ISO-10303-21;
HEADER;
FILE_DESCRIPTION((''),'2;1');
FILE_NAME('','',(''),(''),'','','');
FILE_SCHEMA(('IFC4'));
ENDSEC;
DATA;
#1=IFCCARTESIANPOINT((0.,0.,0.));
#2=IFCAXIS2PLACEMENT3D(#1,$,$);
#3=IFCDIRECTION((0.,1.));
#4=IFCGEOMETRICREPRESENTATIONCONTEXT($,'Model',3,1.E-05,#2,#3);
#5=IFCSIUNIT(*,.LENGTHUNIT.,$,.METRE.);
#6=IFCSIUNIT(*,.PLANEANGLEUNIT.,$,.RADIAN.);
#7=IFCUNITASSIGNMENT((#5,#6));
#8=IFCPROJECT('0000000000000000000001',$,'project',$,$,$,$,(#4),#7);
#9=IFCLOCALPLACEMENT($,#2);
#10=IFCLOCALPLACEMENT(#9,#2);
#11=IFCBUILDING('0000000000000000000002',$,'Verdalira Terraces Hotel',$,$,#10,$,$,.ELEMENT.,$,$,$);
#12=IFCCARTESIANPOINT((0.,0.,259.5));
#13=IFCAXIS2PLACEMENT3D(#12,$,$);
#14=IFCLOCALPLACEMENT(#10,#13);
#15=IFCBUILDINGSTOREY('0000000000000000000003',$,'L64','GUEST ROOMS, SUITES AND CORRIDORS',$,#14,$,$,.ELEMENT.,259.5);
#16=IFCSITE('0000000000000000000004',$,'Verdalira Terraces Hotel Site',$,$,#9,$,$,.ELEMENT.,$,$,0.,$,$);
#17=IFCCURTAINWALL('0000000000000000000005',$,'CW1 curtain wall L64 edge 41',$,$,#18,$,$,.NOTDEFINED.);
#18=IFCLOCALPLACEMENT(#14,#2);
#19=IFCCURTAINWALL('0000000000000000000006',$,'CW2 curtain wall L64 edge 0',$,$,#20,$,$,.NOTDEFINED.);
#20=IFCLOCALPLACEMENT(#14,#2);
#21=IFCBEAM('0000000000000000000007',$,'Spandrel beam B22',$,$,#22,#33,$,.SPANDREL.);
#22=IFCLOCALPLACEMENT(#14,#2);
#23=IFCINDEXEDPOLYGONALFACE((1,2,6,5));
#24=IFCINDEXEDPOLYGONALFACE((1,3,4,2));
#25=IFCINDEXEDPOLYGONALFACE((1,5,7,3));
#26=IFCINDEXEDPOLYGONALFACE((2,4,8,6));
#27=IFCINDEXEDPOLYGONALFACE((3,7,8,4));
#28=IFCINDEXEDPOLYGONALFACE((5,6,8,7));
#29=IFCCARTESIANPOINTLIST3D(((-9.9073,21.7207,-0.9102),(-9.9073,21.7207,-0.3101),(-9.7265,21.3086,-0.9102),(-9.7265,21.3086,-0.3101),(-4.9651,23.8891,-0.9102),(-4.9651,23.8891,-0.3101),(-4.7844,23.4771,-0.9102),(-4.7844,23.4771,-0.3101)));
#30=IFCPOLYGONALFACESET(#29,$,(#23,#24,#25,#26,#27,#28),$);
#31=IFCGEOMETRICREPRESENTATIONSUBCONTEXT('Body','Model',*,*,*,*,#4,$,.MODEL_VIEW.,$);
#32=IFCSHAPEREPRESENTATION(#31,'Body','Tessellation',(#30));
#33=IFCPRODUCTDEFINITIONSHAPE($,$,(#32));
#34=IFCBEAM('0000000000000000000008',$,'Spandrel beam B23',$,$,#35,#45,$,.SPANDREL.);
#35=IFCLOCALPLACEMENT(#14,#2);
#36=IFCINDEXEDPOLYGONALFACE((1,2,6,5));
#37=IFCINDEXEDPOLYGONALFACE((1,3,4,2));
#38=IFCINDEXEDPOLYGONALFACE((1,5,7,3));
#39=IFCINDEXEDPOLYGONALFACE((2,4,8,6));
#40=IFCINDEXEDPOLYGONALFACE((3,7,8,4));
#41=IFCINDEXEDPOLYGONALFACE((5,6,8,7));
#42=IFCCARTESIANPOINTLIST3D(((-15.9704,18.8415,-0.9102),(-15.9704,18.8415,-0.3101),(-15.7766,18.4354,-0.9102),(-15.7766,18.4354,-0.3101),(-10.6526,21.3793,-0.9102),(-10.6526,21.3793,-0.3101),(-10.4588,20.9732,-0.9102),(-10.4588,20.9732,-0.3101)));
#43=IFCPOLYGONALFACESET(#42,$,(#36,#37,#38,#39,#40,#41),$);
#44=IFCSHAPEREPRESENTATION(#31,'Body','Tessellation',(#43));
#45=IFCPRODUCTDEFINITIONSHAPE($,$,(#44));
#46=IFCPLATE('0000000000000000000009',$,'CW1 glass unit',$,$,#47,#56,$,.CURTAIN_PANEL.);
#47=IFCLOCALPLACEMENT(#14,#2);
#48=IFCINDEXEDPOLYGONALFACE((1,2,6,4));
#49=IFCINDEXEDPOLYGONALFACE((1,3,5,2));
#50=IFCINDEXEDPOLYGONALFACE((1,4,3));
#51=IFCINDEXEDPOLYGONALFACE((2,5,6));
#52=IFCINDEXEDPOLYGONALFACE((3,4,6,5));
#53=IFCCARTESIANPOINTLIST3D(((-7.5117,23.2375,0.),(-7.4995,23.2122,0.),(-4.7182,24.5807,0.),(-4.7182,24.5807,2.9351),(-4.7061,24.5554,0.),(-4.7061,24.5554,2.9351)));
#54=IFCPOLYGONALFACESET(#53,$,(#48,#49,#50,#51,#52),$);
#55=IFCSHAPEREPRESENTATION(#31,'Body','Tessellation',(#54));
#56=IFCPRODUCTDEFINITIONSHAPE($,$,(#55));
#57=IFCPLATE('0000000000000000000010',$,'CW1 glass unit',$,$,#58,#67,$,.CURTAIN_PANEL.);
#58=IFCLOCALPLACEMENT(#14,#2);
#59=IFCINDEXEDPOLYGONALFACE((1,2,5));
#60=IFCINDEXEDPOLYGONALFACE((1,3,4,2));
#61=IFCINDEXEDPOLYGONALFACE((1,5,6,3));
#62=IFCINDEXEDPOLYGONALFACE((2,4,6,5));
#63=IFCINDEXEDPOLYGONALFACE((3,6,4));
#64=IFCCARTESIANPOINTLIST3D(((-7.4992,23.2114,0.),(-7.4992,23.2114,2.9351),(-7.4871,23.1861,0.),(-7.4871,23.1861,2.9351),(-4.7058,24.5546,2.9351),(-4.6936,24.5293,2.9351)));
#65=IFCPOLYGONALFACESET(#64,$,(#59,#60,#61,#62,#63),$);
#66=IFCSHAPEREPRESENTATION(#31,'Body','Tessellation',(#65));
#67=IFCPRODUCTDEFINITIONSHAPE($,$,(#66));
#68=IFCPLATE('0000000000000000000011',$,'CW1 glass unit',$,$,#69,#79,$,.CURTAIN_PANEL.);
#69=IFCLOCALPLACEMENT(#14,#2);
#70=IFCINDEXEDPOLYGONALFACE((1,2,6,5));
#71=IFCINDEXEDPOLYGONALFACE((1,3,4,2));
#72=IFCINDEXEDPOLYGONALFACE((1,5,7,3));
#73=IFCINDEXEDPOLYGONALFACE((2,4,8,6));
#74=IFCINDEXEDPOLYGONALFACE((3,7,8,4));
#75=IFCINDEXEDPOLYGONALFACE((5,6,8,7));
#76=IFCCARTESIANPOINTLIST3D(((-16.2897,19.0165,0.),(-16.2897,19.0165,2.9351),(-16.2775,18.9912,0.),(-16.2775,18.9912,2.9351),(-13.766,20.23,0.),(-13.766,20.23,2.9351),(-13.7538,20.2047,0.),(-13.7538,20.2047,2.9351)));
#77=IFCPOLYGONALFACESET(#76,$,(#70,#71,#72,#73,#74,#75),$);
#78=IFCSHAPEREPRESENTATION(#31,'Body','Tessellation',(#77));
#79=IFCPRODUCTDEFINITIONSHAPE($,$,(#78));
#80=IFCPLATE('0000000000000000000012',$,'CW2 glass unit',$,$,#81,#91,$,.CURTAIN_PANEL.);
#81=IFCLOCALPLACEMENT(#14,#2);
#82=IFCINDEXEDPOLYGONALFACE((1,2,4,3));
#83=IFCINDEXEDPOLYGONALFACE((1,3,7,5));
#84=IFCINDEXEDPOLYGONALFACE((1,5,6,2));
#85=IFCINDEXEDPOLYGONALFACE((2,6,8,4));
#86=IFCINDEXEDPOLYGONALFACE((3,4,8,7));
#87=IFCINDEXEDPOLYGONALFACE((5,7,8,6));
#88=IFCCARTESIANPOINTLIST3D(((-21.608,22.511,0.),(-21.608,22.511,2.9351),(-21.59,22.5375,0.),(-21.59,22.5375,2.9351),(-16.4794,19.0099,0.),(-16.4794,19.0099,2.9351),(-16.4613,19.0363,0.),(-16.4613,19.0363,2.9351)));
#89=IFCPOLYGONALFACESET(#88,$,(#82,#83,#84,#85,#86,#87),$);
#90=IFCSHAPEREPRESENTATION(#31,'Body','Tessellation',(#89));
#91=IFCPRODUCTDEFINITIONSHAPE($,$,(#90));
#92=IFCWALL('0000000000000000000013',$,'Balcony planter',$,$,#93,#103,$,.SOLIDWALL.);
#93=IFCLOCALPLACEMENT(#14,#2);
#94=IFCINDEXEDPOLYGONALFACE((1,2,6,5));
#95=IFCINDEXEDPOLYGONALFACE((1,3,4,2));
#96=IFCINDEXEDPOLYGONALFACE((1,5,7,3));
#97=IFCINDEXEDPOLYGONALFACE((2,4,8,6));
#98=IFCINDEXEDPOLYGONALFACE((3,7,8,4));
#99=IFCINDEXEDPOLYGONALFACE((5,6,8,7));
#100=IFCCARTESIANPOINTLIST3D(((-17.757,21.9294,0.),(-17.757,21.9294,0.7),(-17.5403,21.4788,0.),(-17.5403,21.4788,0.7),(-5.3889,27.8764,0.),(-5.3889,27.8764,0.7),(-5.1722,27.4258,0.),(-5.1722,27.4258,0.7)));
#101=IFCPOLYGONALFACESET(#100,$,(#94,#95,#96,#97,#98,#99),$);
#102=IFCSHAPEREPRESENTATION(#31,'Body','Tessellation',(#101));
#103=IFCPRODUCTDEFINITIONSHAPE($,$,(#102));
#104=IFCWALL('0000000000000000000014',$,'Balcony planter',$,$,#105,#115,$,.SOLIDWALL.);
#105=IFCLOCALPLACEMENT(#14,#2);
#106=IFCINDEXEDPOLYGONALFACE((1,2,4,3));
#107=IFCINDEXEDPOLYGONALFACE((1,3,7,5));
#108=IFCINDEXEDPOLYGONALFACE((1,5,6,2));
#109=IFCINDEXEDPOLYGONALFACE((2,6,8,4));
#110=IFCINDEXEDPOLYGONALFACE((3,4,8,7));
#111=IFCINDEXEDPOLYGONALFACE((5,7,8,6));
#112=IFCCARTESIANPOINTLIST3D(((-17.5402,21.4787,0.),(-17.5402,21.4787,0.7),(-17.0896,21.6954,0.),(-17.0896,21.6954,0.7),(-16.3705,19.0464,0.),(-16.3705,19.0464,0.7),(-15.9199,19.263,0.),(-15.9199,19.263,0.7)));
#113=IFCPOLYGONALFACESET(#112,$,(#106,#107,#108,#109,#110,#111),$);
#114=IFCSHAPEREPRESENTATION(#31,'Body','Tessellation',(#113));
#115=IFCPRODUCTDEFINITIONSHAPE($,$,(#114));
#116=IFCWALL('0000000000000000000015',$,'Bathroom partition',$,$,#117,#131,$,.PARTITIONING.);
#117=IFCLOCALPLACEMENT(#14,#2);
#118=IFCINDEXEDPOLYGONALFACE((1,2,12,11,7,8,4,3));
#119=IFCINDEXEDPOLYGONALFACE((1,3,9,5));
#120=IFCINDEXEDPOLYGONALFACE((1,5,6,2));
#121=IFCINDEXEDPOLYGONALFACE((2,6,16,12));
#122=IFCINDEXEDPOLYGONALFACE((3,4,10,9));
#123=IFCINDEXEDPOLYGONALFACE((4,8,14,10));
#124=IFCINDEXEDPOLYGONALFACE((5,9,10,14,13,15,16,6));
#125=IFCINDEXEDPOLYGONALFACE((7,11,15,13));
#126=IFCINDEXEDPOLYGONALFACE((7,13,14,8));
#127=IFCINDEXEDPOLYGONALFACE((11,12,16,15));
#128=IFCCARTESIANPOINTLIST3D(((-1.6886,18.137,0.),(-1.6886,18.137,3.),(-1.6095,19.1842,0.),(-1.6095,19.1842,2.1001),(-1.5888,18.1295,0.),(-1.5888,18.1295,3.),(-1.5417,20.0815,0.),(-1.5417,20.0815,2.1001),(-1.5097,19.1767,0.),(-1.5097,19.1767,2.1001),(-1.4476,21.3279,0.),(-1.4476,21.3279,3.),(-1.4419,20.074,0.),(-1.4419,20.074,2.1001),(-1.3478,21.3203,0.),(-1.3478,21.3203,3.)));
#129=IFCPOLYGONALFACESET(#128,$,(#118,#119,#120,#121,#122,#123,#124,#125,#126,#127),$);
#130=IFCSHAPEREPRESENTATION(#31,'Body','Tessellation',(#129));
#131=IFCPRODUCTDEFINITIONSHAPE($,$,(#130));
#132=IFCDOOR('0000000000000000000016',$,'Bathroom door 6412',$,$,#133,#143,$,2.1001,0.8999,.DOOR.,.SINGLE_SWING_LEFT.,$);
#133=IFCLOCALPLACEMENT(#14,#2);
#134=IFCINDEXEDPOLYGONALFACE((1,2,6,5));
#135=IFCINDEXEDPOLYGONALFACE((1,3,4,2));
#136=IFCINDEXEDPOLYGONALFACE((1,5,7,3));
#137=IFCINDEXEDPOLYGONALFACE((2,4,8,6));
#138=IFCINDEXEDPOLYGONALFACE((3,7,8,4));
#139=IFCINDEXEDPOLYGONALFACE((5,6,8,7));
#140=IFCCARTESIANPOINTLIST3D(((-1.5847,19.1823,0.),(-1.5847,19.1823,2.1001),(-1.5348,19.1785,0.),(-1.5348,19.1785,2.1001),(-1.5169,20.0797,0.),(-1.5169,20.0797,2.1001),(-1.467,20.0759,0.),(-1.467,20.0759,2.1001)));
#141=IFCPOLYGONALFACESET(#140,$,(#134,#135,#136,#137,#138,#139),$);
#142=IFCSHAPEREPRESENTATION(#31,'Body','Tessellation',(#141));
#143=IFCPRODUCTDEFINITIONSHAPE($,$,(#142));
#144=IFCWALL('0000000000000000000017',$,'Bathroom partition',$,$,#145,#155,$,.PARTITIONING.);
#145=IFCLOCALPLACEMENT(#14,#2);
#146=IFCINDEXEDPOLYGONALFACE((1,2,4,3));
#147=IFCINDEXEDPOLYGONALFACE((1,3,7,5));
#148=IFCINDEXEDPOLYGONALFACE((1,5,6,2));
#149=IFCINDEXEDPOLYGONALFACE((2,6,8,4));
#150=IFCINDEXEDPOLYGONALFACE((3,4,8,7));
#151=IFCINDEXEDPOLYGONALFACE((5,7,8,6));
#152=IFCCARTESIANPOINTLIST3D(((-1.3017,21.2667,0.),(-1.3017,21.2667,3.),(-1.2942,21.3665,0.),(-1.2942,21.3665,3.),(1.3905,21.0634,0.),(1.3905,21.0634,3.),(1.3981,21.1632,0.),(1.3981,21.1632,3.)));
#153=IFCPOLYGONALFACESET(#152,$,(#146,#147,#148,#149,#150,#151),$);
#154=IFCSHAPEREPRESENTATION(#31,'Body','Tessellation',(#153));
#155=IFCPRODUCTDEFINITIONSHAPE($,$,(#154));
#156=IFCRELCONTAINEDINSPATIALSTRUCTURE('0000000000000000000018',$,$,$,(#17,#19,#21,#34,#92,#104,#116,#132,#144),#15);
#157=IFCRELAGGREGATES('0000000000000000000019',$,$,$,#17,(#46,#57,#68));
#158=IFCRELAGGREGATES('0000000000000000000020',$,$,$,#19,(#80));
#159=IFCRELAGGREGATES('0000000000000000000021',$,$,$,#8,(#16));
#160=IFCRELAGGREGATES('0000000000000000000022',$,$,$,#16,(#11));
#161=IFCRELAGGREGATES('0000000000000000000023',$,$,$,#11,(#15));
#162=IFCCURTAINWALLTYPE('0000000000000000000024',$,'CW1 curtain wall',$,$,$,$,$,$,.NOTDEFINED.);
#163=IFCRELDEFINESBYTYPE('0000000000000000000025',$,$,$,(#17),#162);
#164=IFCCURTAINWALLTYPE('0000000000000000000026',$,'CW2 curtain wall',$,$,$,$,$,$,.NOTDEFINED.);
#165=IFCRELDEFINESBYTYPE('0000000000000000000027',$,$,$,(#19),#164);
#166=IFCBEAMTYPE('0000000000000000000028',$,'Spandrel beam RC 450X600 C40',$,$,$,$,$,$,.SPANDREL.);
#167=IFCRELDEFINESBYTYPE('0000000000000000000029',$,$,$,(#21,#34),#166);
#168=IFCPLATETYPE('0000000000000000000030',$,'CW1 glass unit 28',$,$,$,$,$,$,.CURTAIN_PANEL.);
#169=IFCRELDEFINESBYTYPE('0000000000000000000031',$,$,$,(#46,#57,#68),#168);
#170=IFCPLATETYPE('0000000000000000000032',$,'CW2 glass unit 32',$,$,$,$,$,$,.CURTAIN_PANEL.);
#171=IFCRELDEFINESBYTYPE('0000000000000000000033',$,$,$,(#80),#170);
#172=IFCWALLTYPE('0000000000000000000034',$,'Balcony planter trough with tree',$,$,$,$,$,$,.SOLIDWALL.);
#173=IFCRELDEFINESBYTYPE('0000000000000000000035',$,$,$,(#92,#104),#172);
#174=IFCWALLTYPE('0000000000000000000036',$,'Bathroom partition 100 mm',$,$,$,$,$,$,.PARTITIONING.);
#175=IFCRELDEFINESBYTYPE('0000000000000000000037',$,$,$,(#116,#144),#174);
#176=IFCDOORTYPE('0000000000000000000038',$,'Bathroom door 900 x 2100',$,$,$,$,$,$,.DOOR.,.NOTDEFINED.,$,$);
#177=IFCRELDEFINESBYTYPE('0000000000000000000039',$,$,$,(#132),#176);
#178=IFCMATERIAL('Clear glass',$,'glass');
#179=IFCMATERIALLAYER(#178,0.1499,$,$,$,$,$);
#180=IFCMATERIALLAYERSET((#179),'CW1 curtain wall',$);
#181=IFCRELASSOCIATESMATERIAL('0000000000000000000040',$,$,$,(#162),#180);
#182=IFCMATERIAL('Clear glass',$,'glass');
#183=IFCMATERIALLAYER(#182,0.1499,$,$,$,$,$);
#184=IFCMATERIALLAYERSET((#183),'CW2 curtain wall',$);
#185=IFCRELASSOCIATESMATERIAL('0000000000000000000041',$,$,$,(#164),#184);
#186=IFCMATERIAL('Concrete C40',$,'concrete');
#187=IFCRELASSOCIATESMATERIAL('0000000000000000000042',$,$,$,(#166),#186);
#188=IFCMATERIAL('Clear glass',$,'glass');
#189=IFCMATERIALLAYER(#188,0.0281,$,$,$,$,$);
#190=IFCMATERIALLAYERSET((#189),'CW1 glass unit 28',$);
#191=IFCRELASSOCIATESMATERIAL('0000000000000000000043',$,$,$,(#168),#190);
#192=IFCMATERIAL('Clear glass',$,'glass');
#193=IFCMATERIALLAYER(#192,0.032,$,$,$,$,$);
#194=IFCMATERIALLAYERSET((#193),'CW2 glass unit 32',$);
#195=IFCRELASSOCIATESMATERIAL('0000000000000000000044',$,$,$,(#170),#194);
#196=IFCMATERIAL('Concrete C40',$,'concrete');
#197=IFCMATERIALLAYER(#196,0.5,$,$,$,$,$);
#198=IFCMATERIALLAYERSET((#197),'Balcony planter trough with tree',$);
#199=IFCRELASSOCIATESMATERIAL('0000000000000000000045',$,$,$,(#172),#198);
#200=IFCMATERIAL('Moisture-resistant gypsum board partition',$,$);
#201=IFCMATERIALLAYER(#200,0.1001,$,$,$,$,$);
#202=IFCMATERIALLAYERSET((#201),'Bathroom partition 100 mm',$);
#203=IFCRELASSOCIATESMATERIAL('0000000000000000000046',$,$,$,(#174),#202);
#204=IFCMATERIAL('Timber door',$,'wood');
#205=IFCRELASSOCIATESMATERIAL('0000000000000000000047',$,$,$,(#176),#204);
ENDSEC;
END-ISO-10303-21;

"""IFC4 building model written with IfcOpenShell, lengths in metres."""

from ifc_helpers import new_model, si_unit, direction, frame, frame_2d, origin, origin_2d, place, context, subcontext, project, spatial, polyline, rectangle, outline, extrude, material, layer, layer_set, material_profile, profile_set, type_object, element, fill, aggregate, save


model = new_model("IFC4")

# Units and contexts
model_context = context("Model", 3, precision=1e-05, world=origin(), true_north=direction((0.0, 1.0)))
body_context = subcontext(model_context, "Body", "Model", "MODEL_VIEW")
ifc_project = project(units=[si_unit("LENGTHUNIT", "METRE"), si_unit("PLANEANGLEUNIT", "RADIAN")], contexts=[model_context])

# Site, building, storey
site_placement = place(None, origin())
site = spatial("IfcSite", under=ifc_project, at=site_placement, Name="Verdalira Terraces Hotel Site", CompositionType="ELEMENT", RefElevation=0.0)
building_placement = place(site_placement, origin())
building = spatial("IfcBuilding", under=site, at=building_placement, Name="Verdalira Terraces Hotel", CompositionType="ELEMENT")
storey_placement = place(building_placement, frame((0.0, 0.0, 259.5)))
storey = spatial("IfcBuildingStorey", under=building, at=storey_placement, Name="L64", Description="GUEST ROOMS, SUITES AND CORRIDORS", CompositionType="ELEMENT", Elevation=259.5)

# Shared definitions
ifc_material_1 = material(Name="Clear glass", Category="glass")
ifc_layer_1 = layer(ifc_material_1, 0.1499)
ifc_layer_set_1 = layer_set([ifc_layer_1], Name="CW1 curtain wall")
curtain_wall_type_1 = type_object("IfcCurtainWallType", Name="CW1 curtain wall", PredefinedType="NOTDEFINED", material=ifc_layer_set_1)

# Curtain walls
curtain_wall_1_placement = place(storey_placement, origin())
curtain_wall_1 = element("IfcCurtainWall", 1, at=curtain_wall_1_placement, inside=storey, type_object=curtain_wall_type_1, Name="CW1 curtain wall L64 edge 41", PredefinedType="NOTDEFINED")
ifc_material_2 = material(Name="Clear glass", Category="glass")
ifc_layer_2 = layer(ifc_material_2, 0.1499)
ifc_layer_set_2 = layer_set([ifc_layer_2], Name="CW2 curtain wall")
curtain_wall_type_2 = type_object("IfcCurtainWallType", Name="CW2 curtain wall", PredefinedType="NOTDEFINED", material=ifc_layer_set_2)
curtain_wall_2_placement = place(storey_placement, origin())
curtain_wall_2 = element("IfcCurtainWall", 2, at=curtain_wall_2_placement, inside=storey, type_object=curtain_wall_type_2, Name="CW2 curtain wall L64 edge 0", PredefinedType="NOTDEFINED")

# Beams
ifc_material_3 = material(Name="Concrete C40", Category="concrete")
ifc_material_profile_1 = material_profile(ifc_material_3, rectangle(XDim=0.45, YDim=0.6001, at=origin_2d()), Name="RC 450X600")
ifc_profile_set_1 = profile_set([ifc_material_profile_1], Name="Concrete C40")
beam_type_1 = type_object("IfcBeamType", Name="Spandrel beam RC 450X600 C40", PredefinedType="SPANDREL", material=ifc_profile_set_1)
beam_1_placement = place(storey_placement, frame((-4.8748, 23.6831, -0.6101), z_axis=(-0.91573, -0.401794, 0.0), x_axis=(0.401794, -0.91573, 0.0)))
element("IfcBeam", 3, at=beam_1_placement, inside=storey, type_object=beam_type_1, Name="Spandrel beam B22", PredefinedType="SPANDREL", context=body_context, shape_type="SweptSolid", body=[
    extrude(rectangle(XDim=0.45, YDim=0.6001, at=origin_2d()), origin(), (0.0, 0.0, 1.0), 5.397),
])
beam_2_placement = place(storey_placement, frame((-10.5557, 21.1763, -0.6101), z_axis=(-0.902496, -0.430697, 0.0), x_axis=(0.430697, -0.902496, 0.0)))
element("IfcBeam", 4, at=beam_2_placement, inside=storey, type_object=beam_type_1, Name="Spandrel beam B23", PredefinedType="SPANDREL", context=body_context, shape_type="SweptSolid", body=[
    extrude(rectangle(XDim=0.45, YDim=0.6001, at=origin_2d()), origin(), (0.0, 0.0, 1.0), 5.8923),
])

# Plates
ifc_material_4 = material(Name="Clear glass", Category="glass")
ifc_layer_3 = layer(ifc_material_4, 0.0281)
ifc_layer_set_3 = layer_set([ifc_layer_3], Name="CW1 glass unit 28")
plate_type_1 = type_object("IfcPlateType", Name="CW1 glass unit 28", PredefinedType="CURTAIN_PANEL", material=ifc_layer_set_3)
plate_1_placement = place(storey_placement, frame((-6.1028, 23.8838, 1.4675), z_axis=(-0.433345, 0.901228, 0.0), x_axis=(-0.901228, -0.433345, 0.0)))
plate_1 = element("IfcPlate", 5, at=plate_1_placement, type_object=plate_type_1, Name="CW1 glass unit", PredefinedType="CURTAIN_PANEL", context=body_context, shape_type="SweptSolid", body=[
    extrude(outline(polyline([(-1.5498, -1.4675), (1.5498, -1.4675), (-1.5498, 1.4675), (-1.5498, -1.4675)])), origin(), (0.0, 0.0, 1.0), 0.0281),
])
plate_2_placement = place(storey_placement, frame((-6.0903, 23.8577, 1.4675), z_axis=(-0.433345, 0.901228, 0.0), x_axis=(-0.901228, -0.433345, 0.0)))
plate_2 = element("IfcPlate", 6, at=plate_2_placement, type_object=plate_type_1, Name="CW1 glass unit", PredefinedType="CURTAIN_PANEL", context=body_context, shape_type="SweptSolid", body=[
    extrude(outline(polyline([(1.5498, -1.4675), (1.5498, 1.4675), (-1.5498, 1.4675), (1.5498, -1.4675)])), origin(), (0.0, 0.0, 1.0), 0.0281),
])
plate_3_placement = place(storey_placement, frame((-15.0217, 19.6106, 0.0), z_axis=(0.0, 0.0, 1.0), x_axis=(-0.901228, -0.433345, 0.0)))
plate_3 = element("IfcPlate", 7, at=plate_3_placement, type_object=plate_type_1, Name="CW1 glass unit", PredefinedType="CURTAIN_PANEL", context=body_context, shape_type="SweptSolid", body=[
    extrude(rectangle(XDim=2.8003, YDim=0.0281, at=origin_2d()), origin(), (0.0, 0.0, 1.0), 2.9351),
])
aggregate(curtain_wall_1, [plate_1, plate_2, plate_3])
ifc_material_5 = material(Name="Clear glass", Category="glass")
ifc_layer_4 = layer(ifc_material_5, 0.032)
ifc_layer_set_4 = layer_set([ifc_layer_4], Name="CW2 glass unit 32")
plate_type_2 = type_object("IfcPlateType", Name="CW2 glass unit 32", PredefinedType="CURTAIN_PANEL", material=ifc_layer_set_4)
plate_4_placement = place(storey_placement, frame((-19.0347, 20.7737, 0.0), z_axis=(0.0, 0.0, 1.0), x_axis=(-0.825902, 0.563814, 0.0)))
plate_4 = element("IfcPlate", 8, at=plate_4_placement, type_object=plate_type_2, Name="CW2 glass unit", PredefinedType="CURTAIN_PANEL", context=body_context, shape_type="SweptSolid", body=[
    extrude(rectangle(XDim=6.2097, YDim=0.032, at=origin_2d()), origin(), (0.0, 0.0, 1.0), 2.9351),
])
aggregate(curtain_wall_2, [plate_4])

# Walls
ifc_material_6 = material(Name="Concrete C40", Category="concrete")
ifc_layer_5 = layer(ifc_material_6, 0.5)
ifc_layer_set_5 = layer_set([ifc_layer_5], Name="Balcony planter trough with tree")
wall_type_1 = type_object("IfcWallType", Name="Balcony planter trough with tree", PredefinedType="SOLIDWALL", material=ifc_layer_set_5)
wall_1_placement = place(storey_placement, frame((-5.2805, 27.6511, 0.0), z_axis=(0.0, 0.0, 1.0), x_axis=(-0.90123, -0.433341, 0.0)))
element("IfcWall", 9, at=wall_1_placement, inside=storey, type_object=wall_type_1, Name="Balcony planter", PredefinedType="SOLIDWALL", context=body_context, shape_type="SweptSolid", body=[
    extrude(rectangle(XDim=13.7236, YDim=0.5, at=frame_2d((6.8618, 0.0))), origin(), (0.0, 0.0, 1.0), 0.7),
])
wall_2_placement = place(storey_placement, frame((-17.3149, 21.5872, 0.0), z_axis=(0.0, 0.0, 1.0), x_axis=(0.433375, -0.901214, 0.0)))
element("IfcWall", 10, at=wall_2_placement, inside=storey, type_object=wall_type_1, Name="Balcony planter", PredefinedType="SOLIDWALL", context=body_context, shape_type="SweptSolid", body=[
    extrude(rectangle(XDim=2.699, YDim=0.5, at=frame_2d((1.3496, 0.0))), origin(), (0.0, 0.0, 1.0), 0.7),
])

# Wall, opening, door
ifc_material_7 = material(Name="Moisture-resistant gypsum board partition")
ifc_layer_6 = layer(ifc_material_7, 0.1001)
ifc_layer_set_6 = layer_set([ifc_layer_6], Name="Bathroom partition 100 mm")
wall_type_2 = type_object("IfcWallType", Name="Bathroom partition 100 mm", PredefinedType="PARTITIONING", material=ifc_layer_set_6)
wall_3_placement = place(storey_placement, frame((-1.3977, 21.3242, 0.0), z_axis=(0.0, 0.0, 1.0), x_axis=(-0.075302, -0.997161, 0.0)))
wall_3 = element("IfcWall", 11, at=wall_3_placement, inside=storey, type_object=wall_type_2, Name="Bathroom partition", PredefinedType="PARTITIONING", context=body_context, shape_type="SweptSolid", body=[
    extrude(rectangle(XDim=3.2, YDim=0.1001, at=frame_2d((1.6001, 0.0))), origin(), (0.0, 0.0, 1.0), 3.0),
])
opening_1_placement = place(wall_3_placement, frame((1.25, 0.0, 0.0)))
opening_1 = element("IfcOpeningElement", 12, at=opening_1_placement, cuts=wall_3, PredefinedType="OPENING", context=body_context, shape_type="SweptSolid", body=[
    extrude(rectangle(XDim=0.8999, YDim=2.1001, at=frame_2d((0.45, 1.05))), frame((0.0, 0.0601, 0.0), z_axis=(0.0, -1.0, 0.0), x_axis=(1.0, 0.0, 0.0)), (0.0, 0.0, 1.0), 0.1201),
])
ifc_material_8 = material(Name="Timber door", Category="wood")
door_type_1 = type_object("IfcDoorType", Name="Bathroom door 900 x 2100", OperationType="NOTDEFINED", PredefinedType="DOOR", material=ifc_material_8)
door_1_placement = place(opening_1_placement, origin())
door_1 = element("IfcDoor", 13, at=door_1_placement, inside=storey, type_object=door_type_1, Name="Bathroom door 6412", OperationType="SINGLE_SWING_LEFT", OverallHeight=2.1001, OverallWidth=0.8999, PredefinedType="DOOR", context=body_context, shape_type="SweptSolid", body=[
    extrude(rectangle(XDim=0.8999, YDim=2.1001, at=frame_2d((0.45, 1.05))), frame((0.0, 0.0249, 0.0), z_axis=(0.0, -1.0, 0.0), x_axis=(1.0, 0.0, 0.0)), (0.0, 0.0, 1.0), 0.05),
])
fill(opening_1, door_1)

# Wall
wall_4_placement = place(storey_placement, frame((-1.2981, 21.3166, 0.0), z_axis=(0.0, 0.0, 1.0), x_axis=(0.997159, -0.07532, 0.0)))
element("IfcWall", 14, at=wall_4_placement, inside=storey, type_object=wall_type_2, Name="Bathroom partition", PredefinedType="PARTITIONING", context=body_context, shape_type="SweptSolid", body=[
    extrude(rectangle(XDim=2.7, YDim=0.1001, at=frame_2d((1.3501, 0.0))), origin(), (0.0, 0.0, 1.0), 3.0),
])

save(model, "model.ifc")
